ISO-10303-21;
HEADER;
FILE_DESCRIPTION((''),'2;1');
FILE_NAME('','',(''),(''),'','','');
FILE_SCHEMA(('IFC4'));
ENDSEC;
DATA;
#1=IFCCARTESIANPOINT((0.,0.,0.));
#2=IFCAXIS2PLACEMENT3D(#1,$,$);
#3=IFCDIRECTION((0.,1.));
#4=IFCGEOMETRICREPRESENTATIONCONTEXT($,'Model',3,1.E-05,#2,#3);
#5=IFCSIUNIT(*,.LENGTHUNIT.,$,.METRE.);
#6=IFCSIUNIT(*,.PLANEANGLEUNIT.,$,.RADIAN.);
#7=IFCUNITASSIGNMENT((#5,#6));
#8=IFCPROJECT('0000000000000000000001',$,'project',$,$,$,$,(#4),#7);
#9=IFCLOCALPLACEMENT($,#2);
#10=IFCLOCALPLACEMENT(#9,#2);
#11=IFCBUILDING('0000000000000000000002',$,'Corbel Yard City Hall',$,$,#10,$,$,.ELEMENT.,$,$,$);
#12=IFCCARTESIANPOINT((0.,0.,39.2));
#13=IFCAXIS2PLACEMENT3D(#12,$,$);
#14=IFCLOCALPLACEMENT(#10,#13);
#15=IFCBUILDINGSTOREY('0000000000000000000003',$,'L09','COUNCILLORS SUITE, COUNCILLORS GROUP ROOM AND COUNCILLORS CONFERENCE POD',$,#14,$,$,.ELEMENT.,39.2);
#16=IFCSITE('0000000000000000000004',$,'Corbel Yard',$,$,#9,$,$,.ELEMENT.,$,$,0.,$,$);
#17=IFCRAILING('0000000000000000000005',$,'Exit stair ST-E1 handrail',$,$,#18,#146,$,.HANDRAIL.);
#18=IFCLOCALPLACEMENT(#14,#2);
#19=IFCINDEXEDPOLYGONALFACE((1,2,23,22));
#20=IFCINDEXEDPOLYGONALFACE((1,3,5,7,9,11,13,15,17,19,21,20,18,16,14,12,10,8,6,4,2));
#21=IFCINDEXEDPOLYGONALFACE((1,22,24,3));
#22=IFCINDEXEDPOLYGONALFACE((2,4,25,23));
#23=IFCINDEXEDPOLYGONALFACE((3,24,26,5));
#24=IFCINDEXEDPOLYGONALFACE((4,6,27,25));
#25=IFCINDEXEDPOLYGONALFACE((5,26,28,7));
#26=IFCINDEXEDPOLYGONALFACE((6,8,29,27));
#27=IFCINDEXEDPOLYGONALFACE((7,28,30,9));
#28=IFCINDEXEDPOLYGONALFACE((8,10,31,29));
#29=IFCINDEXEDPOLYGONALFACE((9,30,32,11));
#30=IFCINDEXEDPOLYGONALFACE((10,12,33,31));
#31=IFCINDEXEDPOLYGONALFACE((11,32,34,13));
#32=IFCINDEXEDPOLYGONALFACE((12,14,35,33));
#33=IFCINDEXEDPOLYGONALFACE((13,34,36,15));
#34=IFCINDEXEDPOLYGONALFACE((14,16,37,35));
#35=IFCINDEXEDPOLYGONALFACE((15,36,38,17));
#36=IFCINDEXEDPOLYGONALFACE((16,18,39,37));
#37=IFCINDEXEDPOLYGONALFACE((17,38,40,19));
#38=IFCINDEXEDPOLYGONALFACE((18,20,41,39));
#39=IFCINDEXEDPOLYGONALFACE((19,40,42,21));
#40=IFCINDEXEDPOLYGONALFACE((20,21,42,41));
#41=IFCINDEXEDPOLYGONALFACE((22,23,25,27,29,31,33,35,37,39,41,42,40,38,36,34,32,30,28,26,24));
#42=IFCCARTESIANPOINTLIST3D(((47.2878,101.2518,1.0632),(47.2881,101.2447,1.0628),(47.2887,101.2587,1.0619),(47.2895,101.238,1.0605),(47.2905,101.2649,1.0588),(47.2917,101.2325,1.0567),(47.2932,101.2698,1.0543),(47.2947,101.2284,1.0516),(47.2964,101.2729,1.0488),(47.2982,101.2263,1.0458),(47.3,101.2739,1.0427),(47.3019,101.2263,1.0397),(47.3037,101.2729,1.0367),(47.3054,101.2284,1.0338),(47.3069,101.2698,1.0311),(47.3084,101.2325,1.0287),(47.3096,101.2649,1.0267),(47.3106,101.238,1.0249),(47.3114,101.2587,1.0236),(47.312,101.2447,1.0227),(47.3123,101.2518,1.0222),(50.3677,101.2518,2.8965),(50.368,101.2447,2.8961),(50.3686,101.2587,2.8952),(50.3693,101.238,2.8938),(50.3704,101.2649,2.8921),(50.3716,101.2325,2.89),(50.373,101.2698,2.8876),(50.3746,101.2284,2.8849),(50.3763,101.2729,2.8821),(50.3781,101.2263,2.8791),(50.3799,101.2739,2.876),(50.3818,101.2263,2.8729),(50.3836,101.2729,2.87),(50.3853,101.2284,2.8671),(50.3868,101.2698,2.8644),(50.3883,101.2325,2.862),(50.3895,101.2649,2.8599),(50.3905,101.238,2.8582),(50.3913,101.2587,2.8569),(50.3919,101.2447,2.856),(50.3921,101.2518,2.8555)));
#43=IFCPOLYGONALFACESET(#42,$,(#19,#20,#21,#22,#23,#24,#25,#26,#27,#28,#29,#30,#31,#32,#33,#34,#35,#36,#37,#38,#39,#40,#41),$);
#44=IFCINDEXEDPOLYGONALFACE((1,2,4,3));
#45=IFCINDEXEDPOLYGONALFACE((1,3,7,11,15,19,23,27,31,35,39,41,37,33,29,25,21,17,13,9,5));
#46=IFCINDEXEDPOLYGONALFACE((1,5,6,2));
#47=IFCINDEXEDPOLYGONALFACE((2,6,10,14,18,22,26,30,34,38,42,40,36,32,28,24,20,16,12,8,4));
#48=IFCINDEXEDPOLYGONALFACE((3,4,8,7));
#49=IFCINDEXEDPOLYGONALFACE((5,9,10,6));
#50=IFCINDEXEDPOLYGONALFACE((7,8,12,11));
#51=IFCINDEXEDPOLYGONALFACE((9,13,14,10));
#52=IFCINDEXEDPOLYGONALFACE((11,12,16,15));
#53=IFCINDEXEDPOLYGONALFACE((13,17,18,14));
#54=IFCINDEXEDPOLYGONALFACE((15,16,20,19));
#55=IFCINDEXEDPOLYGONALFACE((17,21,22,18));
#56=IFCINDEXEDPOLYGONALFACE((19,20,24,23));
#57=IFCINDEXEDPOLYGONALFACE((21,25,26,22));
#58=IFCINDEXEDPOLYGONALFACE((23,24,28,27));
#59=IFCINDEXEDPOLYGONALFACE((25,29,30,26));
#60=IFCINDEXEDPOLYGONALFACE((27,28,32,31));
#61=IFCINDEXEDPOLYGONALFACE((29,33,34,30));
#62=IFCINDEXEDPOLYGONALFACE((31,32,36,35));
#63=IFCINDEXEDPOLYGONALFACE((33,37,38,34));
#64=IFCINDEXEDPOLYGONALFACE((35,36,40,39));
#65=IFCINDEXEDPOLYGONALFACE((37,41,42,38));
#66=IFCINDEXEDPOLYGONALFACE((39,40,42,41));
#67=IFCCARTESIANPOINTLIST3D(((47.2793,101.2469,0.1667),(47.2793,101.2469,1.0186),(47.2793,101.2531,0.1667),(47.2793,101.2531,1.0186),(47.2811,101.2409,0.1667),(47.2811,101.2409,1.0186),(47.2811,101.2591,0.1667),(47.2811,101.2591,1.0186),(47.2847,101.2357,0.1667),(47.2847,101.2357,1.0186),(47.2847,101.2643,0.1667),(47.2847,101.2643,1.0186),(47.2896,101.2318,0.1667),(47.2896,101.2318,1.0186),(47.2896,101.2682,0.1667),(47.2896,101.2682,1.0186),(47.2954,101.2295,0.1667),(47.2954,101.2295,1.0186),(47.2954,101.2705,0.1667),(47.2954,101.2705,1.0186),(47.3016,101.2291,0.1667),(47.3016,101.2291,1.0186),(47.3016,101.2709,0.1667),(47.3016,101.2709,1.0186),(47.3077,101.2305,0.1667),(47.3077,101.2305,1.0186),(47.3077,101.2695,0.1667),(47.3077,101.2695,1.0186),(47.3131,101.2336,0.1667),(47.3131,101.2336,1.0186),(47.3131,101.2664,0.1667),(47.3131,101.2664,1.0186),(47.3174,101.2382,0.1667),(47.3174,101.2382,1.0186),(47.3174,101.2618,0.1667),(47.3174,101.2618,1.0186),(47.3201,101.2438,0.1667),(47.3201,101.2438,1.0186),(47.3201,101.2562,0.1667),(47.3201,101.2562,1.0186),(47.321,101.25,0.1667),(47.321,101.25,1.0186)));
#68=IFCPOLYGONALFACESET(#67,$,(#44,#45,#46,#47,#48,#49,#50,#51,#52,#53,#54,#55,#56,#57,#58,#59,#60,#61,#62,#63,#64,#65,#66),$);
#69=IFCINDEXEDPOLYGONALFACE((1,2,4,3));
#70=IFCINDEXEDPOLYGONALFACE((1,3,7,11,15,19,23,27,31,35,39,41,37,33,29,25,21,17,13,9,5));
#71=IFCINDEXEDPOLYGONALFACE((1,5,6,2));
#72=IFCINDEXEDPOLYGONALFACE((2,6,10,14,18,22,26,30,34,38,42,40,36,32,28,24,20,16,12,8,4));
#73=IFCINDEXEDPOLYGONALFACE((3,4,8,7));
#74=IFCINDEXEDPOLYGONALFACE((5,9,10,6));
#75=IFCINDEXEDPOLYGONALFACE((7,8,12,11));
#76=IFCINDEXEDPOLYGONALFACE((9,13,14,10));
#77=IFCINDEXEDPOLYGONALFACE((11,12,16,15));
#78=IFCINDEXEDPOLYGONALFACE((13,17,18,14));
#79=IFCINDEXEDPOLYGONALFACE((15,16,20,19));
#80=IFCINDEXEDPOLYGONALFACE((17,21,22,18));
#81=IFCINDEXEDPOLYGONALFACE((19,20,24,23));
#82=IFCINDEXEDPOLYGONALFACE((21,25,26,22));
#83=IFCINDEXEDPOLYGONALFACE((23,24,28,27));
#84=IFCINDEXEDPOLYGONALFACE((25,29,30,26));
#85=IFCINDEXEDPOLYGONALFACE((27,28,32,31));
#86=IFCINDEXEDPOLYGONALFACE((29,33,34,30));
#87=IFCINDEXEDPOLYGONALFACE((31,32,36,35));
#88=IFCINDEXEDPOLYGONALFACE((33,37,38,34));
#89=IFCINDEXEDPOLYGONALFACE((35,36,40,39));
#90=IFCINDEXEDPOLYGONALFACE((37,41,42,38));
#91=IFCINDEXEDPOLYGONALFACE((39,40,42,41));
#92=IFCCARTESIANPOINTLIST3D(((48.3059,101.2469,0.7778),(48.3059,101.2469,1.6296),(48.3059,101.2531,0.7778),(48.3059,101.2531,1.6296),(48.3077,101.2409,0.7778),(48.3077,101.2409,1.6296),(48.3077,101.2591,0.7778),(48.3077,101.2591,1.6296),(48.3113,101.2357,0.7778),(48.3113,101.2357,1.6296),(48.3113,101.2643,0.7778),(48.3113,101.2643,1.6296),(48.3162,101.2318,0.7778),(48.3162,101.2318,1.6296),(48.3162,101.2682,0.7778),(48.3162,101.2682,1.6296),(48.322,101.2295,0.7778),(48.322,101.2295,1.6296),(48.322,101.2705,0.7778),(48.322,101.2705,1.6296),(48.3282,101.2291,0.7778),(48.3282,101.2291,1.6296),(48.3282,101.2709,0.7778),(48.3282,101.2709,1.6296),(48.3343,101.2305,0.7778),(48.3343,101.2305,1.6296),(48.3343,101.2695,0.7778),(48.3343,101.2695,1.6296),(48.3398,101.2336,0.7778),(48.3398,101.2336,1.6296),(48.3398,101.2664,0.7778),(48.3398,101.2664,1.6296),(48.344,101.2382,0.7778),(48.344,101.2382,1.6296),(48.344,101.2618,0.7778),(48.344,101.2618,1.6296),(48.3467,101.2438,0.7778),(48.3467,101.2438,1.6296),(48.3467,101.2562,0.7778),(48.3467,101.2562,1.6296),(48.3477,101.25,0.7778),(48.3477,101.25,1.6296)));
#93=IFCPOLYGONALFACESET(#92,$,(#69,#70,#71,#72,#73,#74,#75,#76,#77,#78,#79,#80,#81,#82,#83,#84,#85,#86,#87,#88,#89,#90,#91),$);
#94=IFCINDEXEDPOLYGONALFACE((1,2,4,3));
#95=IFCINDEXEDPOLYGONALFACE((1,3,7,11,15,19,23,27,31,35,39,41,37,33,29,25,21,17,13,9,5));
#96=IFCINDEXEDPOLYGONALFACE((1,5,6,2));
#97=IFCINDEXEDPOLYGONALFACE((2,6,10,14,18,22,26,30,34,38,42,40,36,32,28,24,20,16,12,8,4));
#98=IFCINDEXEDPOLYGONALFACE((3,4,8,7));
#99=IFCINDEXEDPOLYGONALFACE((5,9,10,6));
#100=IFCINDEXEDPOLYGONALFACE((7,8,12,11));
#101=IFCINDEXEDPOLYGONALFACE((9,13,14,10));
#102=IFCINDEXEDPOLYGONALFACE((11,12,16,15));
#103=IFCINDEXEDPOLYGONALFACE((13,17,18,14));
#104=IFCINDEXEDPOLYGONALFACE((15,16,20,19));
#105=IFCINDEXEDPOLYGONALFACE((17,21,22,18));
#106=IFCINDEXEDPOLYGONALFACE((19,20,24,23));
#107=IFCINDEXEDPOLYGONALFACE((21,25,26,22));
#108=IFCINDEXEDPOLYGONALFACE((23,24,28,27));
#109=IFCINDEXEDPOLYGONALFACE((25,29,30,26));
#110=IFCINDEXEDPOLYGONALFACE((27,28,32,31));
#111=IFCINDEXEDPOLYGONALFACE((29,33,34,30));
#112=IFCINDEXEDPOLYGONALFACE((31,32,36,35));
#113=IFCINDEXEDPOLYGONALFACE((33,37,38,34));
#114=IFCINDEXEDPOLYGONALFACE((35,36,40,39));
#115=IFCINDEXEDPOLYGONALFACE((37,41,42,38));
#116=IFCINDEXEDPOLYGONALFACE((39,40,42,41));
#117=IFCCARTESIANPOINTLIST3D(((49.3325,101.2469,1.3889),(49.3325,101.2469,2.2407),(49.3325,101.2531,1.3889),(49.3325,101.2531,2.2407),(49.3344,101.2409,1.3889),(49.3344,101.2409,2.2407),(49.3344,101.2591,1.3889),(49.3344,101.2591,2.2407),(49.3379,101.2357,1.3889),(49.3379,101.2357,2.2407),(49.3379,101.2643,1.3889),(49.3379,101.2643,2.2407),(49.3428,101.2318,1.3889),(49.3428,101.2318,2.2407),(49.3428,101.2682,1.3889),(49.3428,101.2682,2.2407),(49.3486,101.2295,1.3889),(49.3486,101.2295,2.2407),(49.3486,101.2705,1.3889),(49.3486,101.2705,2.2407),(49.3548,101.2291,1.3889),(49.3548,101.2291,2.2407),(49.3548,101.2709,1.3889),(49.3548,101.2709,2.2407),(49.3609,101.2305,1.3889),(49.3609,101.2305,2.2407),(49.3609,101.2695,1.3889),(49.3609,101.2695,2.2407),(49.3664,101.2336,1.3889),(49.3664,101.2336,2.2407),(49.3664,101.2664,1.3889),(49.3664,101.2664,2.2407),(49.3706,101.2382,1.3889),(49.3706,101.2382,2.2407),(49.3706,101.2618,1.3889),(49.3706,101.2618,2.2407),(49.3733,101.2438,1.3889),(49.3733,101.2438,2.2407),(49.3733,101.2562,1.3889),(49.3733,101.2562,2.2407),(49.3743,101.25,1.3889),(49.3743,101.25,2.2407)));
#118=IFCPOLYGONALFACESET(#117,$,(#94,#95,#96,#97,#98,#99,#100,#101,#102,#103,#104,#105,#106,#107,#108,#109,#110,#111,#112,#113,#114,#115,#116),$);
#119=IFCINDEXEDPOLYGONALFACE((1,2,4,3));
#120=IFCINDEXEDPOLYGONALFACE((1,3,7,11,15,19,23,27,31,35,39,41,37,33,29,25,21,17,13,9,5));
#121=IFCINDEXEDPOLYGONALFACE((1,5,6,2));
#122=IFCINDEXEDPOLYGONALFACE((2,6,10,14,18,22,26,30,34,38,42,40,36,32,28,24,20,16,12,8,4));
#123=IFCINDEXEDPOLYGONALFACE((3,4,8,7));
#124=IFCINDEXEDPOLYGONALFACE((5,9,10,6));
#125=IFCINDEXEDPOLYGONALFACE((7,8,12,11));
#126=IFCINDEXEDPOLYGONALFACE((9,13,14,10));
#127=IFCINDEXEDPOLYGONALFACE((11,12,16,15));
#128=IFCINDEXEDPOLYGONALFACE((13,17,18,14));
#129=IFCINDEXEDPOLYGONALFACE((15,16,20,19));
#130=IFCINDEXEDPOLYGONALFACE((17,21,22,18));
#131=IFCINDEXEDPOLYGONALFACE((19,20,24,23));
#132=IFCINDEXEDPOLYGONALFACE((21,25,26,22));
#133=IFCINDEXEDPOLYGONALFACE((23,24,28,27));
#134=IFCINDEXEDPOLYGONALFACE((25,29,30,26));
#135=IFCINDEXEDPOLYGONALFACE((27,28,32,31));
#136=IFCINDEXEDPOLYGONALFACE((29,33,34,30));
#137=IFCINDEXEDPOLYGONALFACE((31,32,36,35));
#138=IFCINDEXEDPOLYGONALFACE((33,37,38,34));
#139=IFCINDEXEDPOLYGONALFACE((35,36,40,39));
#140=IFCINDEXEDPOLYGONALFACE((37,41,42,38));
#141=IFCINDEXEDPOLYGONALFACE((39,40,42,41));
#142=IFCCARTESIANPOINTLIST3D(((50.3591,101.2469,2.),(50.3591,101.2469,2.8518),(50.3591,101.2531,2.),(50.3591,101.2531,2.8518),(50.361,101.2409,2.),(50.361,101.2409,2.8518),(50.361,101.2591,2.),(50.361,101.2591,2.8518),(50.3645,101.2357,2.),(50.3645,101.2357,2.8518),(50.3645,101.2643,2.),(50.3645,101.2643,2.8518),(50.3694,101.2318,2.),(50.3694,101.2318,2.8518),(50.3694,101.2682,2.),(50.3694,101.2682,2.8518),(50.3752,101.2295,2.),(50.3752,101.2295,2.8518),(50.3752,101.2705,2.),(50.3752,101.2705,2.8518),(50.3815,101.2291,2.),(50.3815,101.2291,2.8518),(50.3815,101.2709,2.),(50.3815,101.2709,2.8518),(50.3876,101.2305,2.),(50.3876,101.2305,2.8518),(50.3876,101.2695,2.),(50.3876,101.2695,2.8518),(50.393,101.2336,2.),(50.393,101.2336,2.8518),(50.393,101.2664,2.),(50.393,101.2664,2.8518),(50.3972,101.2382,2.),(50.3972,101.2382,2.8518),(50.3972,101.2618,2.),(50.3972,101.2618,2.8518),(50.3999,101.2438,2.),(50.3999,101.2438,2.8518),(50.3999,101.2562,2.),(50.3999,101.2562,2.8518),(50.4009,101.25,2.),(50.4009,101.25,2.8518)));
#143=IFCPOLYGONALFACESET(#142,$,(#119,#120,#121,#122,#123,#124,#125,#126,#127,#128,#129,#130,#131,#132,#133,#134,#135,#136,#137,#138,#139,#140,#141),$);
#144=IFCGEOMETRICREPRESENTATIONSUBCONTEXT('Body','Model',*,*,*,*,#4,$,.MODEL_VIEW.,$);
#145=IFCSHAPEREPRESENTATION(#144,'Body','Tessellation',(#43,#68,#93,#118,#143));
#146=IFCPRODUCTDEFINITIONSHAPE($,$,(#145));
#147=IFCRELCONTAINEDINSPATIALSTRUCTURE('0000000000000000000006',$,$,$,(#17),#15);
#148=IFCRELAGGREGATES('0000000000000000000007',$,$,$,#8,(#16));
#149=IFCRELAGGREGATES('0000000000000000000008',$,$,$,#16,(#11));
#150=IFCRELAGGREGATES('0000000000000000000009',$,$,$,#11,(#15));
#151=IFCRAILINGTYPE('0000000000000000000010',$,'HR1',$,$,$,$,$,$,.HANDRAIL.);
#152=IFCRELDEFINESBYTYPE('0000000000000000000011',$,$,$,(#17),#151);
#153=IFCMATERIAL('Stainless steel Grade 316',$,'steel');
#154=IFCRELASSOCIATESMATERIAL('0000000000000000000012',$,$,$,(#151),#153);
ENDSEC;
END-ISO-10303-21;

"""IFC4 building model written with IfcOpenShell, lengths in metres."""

from ifc_helpers import new_model, si_unit, direction, frame, origin, origin_2d, place, context, subcontext, project, spatial, circle, extrude, material, type_object, element, save


model = new_model("IFC4")

# Units and contexts
model_context = context("Model", 3, precision=1e-05, world=origin(), true_north=direction((0.0, 1.0)))
body_context = subcontext(model_context, "Body", "Model", "MODEL_VIEW")
ifc_project = project(units=[si_unit("LENGTHUNIT", "METRE"), si_unit("PLANEANGLEUNIT", "RADIAN")], contexts=[model_context])

# Site, building, storey
site_placement = place(None, origin())
site = spatial("IfcSite", under=ifc_project, at=site_placement, Name="Corbel Yard", CompositionType="ELEMENT", RefElevation=0.0)
building_placement = place(site_placement, origin())
building = spatial("IfcBuilding", under=site, at=building_placement, Name="Corbel Yard City Hall", CompositionType="ELEMENT")
storey_placement = place(building_placement, frame((0.0, 0.0, 39.2)))
storey = spatial("IfcBuildingStorey", under=building, at=storey_placement, Name="L09", Description="COUNCILLORS SUITE, COUNCILLORS GROUP ROOM AND COUNCILLORS CONFERENCE POD", CompositionType="ELEMENT", Elevation=39.2)

# Shared definitions
ifc_material_1 = material(Name="Stainless steel Grade 316", Category="steel")

# Railing
railing_type = type_object("IfcRailingType", Name="HR1", PredefinedType="HANDRAIL", material=ifc_material_1)
for number, where, name in (
    (1, (47.3, 101.25, 0.1667), "Exit stair ST-E1 handrail"),
):
    element("IfcRailing", number, at=place(storey_placement, frame(where)), inside=storey, type_object=railing_type, Name=name, PredefinedType="HANDRAIL", context=body_context, shape_type="SweptSolid", body=[
        extrude(circle(Radius=0.0239, at=origin_2d()), frame((0.0, 0.0, 0.876), z_axis=(0.859291, 0.0, 0.511487), x_axis=(0.0, 1.0, 0.0)), (0.0, 0.0, 1.0), 3.5842),
        extrude(circle(Radius=0.021, at=origin_2d()), origin(), (0.0, 0.0, 1.0), 0.8518),
        extrude(circle(Radius=0.021, at=origin_2d()), frame((1.0266, 0.0, 0.6111)), (0.0, 0.0, 1.0), 0.8518),
        extrude(circle(Radius=0.021, at=origin_2d()), frame((2.0532, 0.0, 1.2222)), (0.0, 0.0, 1.0), 0.8518),
        extrude(circle(Radius=0.021, at=origin_2d()), frame((3.0798, 0.0, 1.8333)), (0.0, 0.0, 1.0), 0.8518),
    ])

save(model, "model.ifc")
